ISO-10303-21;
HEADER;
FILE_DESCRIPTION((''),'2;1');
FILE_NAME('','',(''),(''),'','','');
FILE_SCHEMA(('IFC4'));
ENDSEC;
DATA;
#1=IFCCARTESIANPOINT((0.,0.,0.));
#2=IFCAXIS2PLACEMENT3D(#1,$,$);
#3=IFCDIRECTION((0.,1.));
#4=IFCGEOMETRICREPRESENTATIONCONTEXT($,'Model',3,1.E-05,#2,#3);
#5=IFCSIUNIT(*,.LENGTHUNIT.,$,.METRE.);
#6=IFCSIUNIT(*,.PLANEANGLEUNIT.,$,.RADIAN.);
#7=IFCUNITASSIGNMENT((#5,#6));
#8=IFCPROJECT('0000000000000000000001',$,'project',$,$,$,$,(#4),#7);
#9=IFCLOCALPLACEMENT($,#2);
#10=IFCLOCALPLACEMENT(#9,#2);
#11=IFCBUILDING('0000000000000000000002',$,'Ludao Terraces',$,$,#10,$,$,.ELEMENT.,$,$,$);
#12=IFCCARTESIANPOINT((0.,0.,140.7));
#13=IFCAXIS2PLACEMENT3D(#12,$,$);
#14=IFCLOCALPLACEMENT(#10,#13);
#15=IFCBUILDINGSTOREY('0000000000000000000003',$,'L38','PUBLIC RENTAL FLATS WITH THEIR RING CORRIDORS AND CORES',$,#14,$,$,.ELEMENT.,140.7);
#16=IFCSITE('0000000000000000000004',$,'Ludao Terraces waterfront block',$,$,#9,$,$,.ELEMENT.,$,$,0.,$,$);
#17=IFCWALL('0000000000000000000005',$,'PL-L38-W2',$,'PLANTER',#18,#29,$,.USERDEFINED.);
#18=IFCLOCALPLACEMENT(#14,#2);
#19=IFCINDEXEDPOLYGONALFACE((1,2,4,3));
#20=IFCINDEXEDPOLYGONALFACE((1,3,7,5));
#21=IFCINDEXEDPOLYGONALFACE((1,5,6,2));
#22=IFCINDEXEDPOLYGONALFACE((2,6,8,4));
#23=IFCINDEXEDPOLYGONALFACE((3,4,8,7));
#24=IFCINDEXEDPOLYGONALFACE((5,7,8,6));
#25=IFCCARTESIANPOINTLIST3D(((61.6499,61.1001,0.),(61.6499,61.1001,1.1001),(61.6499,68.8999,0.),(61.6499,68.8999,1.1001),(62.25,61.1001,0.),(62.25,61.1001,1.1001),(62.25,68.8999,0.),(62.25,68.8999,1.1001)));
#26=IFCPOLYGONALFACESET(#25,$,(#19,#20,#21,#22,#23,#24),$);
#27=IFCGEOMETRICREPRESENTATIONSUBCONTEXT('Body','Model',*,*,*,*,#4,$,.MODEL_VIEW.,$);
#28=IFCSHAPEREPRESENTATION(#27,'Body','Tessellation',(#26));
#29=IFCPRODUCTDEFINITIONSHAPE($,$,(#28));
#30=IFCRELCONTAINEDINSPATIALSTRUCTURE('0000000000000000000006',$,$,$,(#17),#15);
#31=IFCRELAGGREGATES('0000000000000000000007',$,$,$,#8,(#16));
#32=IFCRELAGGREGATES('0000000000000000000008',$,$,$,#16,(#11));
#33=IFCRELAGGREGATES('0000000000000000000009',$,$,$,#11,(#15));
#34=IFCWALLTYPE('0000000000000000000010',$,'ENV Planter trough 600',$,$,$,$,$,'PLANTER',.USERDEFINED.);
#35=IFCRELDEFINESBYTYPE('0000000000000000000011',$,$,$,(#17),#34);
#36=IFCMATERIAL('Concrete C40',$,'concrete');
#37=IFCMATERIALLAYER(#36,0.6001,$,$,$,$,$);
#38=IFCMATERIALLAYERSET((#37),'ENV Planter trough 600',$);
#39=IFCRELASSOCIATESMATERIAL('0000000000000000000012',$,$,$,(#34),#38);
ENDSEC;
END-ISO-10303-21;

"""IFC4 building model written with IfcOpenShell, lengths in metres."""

from ifc_helpers import new_model, si_unit, direction, frame, frame_2d, origin, place, context, subcontext, project, spatial, rectangle, extrude, material, layer, layer_set, type_object, element, save


model = new_model("IFC4")

# Units and contexts
model_context = context("Model", 3, precision=1e-05, world=origin(), true_north=direction((0.0, 1.0)))
body_context = subcontext(model_context, "Body", "Model", "MODEL_VIEW")
ifc_project = project(units=[si_unit("LENGTHUNIT", "METRE"), si_unit("PLANEANGLEUNIT", "RADIAN")], contexts=[model_context])

# Site, building, storey
site_placement = place(None, origin())
site = spatial("IfcSite", under=ifc_project, at=site_placement, Name="Ludao Terraces waterfront block", CompositionType="ELEMENT", RefElevation=0.0)
building_placement = place(site_placement, origin())
building = spatial("IfcBuilding", under=site, at=building_placement, Name="Ludao Terraces", CompositionType="ELEMENT")
storey_placement = place(building_placement, frame((0.0, 0.0, 140.7)))
storey = spatial("IfcBuildingStorey", under=building, at=storey_placement, Name="L38", Description="PUBLIC RENTAL FLATS WITH THEIR RING CORRIDORS AND CORES", CompositionType="ELEMENT", Elevation=140.7)

# Shared definitions
ifc_material_1 = material(Name="Concrete C40", Category="concrete")

# Wall
ifc_layer_1 = layer(ifc_material_1, 0.6001)
ifc_layer_set_1 = layer_set([ifc_layer_1], Name="ENV Planter trough 600")
wall_type = type_object("IfcWallType", Name="ENV Planter trough 600", ElementType="PLANTER", PredefinedType="USERDEFINED", material=ifc_layer_set_1)
wall_1_placement = place(storey_placement, frame((61.95, 61.1001, 0.0), z_axis=(0.0, 0.0, 1.0), x_axis=(0.0, 1.0, 0.0)))
element("IfcWall", 1, at=wall_1_placement, inside=storey, type_object=wall_type, Name="PL-L38-W2", ObjectType="PLANTER", PredefinedType="USERDEFINED", context=body_context, shape_type="SweptSolid", body=[
    extrude(rectangle(XDim=7.7998, YDim=0.6001, at=frame_2d((3.8999, 0.0))), origin(), (0.0, 0.0, 1.0), 1.1001),
])

save(model, "model.ifc")
